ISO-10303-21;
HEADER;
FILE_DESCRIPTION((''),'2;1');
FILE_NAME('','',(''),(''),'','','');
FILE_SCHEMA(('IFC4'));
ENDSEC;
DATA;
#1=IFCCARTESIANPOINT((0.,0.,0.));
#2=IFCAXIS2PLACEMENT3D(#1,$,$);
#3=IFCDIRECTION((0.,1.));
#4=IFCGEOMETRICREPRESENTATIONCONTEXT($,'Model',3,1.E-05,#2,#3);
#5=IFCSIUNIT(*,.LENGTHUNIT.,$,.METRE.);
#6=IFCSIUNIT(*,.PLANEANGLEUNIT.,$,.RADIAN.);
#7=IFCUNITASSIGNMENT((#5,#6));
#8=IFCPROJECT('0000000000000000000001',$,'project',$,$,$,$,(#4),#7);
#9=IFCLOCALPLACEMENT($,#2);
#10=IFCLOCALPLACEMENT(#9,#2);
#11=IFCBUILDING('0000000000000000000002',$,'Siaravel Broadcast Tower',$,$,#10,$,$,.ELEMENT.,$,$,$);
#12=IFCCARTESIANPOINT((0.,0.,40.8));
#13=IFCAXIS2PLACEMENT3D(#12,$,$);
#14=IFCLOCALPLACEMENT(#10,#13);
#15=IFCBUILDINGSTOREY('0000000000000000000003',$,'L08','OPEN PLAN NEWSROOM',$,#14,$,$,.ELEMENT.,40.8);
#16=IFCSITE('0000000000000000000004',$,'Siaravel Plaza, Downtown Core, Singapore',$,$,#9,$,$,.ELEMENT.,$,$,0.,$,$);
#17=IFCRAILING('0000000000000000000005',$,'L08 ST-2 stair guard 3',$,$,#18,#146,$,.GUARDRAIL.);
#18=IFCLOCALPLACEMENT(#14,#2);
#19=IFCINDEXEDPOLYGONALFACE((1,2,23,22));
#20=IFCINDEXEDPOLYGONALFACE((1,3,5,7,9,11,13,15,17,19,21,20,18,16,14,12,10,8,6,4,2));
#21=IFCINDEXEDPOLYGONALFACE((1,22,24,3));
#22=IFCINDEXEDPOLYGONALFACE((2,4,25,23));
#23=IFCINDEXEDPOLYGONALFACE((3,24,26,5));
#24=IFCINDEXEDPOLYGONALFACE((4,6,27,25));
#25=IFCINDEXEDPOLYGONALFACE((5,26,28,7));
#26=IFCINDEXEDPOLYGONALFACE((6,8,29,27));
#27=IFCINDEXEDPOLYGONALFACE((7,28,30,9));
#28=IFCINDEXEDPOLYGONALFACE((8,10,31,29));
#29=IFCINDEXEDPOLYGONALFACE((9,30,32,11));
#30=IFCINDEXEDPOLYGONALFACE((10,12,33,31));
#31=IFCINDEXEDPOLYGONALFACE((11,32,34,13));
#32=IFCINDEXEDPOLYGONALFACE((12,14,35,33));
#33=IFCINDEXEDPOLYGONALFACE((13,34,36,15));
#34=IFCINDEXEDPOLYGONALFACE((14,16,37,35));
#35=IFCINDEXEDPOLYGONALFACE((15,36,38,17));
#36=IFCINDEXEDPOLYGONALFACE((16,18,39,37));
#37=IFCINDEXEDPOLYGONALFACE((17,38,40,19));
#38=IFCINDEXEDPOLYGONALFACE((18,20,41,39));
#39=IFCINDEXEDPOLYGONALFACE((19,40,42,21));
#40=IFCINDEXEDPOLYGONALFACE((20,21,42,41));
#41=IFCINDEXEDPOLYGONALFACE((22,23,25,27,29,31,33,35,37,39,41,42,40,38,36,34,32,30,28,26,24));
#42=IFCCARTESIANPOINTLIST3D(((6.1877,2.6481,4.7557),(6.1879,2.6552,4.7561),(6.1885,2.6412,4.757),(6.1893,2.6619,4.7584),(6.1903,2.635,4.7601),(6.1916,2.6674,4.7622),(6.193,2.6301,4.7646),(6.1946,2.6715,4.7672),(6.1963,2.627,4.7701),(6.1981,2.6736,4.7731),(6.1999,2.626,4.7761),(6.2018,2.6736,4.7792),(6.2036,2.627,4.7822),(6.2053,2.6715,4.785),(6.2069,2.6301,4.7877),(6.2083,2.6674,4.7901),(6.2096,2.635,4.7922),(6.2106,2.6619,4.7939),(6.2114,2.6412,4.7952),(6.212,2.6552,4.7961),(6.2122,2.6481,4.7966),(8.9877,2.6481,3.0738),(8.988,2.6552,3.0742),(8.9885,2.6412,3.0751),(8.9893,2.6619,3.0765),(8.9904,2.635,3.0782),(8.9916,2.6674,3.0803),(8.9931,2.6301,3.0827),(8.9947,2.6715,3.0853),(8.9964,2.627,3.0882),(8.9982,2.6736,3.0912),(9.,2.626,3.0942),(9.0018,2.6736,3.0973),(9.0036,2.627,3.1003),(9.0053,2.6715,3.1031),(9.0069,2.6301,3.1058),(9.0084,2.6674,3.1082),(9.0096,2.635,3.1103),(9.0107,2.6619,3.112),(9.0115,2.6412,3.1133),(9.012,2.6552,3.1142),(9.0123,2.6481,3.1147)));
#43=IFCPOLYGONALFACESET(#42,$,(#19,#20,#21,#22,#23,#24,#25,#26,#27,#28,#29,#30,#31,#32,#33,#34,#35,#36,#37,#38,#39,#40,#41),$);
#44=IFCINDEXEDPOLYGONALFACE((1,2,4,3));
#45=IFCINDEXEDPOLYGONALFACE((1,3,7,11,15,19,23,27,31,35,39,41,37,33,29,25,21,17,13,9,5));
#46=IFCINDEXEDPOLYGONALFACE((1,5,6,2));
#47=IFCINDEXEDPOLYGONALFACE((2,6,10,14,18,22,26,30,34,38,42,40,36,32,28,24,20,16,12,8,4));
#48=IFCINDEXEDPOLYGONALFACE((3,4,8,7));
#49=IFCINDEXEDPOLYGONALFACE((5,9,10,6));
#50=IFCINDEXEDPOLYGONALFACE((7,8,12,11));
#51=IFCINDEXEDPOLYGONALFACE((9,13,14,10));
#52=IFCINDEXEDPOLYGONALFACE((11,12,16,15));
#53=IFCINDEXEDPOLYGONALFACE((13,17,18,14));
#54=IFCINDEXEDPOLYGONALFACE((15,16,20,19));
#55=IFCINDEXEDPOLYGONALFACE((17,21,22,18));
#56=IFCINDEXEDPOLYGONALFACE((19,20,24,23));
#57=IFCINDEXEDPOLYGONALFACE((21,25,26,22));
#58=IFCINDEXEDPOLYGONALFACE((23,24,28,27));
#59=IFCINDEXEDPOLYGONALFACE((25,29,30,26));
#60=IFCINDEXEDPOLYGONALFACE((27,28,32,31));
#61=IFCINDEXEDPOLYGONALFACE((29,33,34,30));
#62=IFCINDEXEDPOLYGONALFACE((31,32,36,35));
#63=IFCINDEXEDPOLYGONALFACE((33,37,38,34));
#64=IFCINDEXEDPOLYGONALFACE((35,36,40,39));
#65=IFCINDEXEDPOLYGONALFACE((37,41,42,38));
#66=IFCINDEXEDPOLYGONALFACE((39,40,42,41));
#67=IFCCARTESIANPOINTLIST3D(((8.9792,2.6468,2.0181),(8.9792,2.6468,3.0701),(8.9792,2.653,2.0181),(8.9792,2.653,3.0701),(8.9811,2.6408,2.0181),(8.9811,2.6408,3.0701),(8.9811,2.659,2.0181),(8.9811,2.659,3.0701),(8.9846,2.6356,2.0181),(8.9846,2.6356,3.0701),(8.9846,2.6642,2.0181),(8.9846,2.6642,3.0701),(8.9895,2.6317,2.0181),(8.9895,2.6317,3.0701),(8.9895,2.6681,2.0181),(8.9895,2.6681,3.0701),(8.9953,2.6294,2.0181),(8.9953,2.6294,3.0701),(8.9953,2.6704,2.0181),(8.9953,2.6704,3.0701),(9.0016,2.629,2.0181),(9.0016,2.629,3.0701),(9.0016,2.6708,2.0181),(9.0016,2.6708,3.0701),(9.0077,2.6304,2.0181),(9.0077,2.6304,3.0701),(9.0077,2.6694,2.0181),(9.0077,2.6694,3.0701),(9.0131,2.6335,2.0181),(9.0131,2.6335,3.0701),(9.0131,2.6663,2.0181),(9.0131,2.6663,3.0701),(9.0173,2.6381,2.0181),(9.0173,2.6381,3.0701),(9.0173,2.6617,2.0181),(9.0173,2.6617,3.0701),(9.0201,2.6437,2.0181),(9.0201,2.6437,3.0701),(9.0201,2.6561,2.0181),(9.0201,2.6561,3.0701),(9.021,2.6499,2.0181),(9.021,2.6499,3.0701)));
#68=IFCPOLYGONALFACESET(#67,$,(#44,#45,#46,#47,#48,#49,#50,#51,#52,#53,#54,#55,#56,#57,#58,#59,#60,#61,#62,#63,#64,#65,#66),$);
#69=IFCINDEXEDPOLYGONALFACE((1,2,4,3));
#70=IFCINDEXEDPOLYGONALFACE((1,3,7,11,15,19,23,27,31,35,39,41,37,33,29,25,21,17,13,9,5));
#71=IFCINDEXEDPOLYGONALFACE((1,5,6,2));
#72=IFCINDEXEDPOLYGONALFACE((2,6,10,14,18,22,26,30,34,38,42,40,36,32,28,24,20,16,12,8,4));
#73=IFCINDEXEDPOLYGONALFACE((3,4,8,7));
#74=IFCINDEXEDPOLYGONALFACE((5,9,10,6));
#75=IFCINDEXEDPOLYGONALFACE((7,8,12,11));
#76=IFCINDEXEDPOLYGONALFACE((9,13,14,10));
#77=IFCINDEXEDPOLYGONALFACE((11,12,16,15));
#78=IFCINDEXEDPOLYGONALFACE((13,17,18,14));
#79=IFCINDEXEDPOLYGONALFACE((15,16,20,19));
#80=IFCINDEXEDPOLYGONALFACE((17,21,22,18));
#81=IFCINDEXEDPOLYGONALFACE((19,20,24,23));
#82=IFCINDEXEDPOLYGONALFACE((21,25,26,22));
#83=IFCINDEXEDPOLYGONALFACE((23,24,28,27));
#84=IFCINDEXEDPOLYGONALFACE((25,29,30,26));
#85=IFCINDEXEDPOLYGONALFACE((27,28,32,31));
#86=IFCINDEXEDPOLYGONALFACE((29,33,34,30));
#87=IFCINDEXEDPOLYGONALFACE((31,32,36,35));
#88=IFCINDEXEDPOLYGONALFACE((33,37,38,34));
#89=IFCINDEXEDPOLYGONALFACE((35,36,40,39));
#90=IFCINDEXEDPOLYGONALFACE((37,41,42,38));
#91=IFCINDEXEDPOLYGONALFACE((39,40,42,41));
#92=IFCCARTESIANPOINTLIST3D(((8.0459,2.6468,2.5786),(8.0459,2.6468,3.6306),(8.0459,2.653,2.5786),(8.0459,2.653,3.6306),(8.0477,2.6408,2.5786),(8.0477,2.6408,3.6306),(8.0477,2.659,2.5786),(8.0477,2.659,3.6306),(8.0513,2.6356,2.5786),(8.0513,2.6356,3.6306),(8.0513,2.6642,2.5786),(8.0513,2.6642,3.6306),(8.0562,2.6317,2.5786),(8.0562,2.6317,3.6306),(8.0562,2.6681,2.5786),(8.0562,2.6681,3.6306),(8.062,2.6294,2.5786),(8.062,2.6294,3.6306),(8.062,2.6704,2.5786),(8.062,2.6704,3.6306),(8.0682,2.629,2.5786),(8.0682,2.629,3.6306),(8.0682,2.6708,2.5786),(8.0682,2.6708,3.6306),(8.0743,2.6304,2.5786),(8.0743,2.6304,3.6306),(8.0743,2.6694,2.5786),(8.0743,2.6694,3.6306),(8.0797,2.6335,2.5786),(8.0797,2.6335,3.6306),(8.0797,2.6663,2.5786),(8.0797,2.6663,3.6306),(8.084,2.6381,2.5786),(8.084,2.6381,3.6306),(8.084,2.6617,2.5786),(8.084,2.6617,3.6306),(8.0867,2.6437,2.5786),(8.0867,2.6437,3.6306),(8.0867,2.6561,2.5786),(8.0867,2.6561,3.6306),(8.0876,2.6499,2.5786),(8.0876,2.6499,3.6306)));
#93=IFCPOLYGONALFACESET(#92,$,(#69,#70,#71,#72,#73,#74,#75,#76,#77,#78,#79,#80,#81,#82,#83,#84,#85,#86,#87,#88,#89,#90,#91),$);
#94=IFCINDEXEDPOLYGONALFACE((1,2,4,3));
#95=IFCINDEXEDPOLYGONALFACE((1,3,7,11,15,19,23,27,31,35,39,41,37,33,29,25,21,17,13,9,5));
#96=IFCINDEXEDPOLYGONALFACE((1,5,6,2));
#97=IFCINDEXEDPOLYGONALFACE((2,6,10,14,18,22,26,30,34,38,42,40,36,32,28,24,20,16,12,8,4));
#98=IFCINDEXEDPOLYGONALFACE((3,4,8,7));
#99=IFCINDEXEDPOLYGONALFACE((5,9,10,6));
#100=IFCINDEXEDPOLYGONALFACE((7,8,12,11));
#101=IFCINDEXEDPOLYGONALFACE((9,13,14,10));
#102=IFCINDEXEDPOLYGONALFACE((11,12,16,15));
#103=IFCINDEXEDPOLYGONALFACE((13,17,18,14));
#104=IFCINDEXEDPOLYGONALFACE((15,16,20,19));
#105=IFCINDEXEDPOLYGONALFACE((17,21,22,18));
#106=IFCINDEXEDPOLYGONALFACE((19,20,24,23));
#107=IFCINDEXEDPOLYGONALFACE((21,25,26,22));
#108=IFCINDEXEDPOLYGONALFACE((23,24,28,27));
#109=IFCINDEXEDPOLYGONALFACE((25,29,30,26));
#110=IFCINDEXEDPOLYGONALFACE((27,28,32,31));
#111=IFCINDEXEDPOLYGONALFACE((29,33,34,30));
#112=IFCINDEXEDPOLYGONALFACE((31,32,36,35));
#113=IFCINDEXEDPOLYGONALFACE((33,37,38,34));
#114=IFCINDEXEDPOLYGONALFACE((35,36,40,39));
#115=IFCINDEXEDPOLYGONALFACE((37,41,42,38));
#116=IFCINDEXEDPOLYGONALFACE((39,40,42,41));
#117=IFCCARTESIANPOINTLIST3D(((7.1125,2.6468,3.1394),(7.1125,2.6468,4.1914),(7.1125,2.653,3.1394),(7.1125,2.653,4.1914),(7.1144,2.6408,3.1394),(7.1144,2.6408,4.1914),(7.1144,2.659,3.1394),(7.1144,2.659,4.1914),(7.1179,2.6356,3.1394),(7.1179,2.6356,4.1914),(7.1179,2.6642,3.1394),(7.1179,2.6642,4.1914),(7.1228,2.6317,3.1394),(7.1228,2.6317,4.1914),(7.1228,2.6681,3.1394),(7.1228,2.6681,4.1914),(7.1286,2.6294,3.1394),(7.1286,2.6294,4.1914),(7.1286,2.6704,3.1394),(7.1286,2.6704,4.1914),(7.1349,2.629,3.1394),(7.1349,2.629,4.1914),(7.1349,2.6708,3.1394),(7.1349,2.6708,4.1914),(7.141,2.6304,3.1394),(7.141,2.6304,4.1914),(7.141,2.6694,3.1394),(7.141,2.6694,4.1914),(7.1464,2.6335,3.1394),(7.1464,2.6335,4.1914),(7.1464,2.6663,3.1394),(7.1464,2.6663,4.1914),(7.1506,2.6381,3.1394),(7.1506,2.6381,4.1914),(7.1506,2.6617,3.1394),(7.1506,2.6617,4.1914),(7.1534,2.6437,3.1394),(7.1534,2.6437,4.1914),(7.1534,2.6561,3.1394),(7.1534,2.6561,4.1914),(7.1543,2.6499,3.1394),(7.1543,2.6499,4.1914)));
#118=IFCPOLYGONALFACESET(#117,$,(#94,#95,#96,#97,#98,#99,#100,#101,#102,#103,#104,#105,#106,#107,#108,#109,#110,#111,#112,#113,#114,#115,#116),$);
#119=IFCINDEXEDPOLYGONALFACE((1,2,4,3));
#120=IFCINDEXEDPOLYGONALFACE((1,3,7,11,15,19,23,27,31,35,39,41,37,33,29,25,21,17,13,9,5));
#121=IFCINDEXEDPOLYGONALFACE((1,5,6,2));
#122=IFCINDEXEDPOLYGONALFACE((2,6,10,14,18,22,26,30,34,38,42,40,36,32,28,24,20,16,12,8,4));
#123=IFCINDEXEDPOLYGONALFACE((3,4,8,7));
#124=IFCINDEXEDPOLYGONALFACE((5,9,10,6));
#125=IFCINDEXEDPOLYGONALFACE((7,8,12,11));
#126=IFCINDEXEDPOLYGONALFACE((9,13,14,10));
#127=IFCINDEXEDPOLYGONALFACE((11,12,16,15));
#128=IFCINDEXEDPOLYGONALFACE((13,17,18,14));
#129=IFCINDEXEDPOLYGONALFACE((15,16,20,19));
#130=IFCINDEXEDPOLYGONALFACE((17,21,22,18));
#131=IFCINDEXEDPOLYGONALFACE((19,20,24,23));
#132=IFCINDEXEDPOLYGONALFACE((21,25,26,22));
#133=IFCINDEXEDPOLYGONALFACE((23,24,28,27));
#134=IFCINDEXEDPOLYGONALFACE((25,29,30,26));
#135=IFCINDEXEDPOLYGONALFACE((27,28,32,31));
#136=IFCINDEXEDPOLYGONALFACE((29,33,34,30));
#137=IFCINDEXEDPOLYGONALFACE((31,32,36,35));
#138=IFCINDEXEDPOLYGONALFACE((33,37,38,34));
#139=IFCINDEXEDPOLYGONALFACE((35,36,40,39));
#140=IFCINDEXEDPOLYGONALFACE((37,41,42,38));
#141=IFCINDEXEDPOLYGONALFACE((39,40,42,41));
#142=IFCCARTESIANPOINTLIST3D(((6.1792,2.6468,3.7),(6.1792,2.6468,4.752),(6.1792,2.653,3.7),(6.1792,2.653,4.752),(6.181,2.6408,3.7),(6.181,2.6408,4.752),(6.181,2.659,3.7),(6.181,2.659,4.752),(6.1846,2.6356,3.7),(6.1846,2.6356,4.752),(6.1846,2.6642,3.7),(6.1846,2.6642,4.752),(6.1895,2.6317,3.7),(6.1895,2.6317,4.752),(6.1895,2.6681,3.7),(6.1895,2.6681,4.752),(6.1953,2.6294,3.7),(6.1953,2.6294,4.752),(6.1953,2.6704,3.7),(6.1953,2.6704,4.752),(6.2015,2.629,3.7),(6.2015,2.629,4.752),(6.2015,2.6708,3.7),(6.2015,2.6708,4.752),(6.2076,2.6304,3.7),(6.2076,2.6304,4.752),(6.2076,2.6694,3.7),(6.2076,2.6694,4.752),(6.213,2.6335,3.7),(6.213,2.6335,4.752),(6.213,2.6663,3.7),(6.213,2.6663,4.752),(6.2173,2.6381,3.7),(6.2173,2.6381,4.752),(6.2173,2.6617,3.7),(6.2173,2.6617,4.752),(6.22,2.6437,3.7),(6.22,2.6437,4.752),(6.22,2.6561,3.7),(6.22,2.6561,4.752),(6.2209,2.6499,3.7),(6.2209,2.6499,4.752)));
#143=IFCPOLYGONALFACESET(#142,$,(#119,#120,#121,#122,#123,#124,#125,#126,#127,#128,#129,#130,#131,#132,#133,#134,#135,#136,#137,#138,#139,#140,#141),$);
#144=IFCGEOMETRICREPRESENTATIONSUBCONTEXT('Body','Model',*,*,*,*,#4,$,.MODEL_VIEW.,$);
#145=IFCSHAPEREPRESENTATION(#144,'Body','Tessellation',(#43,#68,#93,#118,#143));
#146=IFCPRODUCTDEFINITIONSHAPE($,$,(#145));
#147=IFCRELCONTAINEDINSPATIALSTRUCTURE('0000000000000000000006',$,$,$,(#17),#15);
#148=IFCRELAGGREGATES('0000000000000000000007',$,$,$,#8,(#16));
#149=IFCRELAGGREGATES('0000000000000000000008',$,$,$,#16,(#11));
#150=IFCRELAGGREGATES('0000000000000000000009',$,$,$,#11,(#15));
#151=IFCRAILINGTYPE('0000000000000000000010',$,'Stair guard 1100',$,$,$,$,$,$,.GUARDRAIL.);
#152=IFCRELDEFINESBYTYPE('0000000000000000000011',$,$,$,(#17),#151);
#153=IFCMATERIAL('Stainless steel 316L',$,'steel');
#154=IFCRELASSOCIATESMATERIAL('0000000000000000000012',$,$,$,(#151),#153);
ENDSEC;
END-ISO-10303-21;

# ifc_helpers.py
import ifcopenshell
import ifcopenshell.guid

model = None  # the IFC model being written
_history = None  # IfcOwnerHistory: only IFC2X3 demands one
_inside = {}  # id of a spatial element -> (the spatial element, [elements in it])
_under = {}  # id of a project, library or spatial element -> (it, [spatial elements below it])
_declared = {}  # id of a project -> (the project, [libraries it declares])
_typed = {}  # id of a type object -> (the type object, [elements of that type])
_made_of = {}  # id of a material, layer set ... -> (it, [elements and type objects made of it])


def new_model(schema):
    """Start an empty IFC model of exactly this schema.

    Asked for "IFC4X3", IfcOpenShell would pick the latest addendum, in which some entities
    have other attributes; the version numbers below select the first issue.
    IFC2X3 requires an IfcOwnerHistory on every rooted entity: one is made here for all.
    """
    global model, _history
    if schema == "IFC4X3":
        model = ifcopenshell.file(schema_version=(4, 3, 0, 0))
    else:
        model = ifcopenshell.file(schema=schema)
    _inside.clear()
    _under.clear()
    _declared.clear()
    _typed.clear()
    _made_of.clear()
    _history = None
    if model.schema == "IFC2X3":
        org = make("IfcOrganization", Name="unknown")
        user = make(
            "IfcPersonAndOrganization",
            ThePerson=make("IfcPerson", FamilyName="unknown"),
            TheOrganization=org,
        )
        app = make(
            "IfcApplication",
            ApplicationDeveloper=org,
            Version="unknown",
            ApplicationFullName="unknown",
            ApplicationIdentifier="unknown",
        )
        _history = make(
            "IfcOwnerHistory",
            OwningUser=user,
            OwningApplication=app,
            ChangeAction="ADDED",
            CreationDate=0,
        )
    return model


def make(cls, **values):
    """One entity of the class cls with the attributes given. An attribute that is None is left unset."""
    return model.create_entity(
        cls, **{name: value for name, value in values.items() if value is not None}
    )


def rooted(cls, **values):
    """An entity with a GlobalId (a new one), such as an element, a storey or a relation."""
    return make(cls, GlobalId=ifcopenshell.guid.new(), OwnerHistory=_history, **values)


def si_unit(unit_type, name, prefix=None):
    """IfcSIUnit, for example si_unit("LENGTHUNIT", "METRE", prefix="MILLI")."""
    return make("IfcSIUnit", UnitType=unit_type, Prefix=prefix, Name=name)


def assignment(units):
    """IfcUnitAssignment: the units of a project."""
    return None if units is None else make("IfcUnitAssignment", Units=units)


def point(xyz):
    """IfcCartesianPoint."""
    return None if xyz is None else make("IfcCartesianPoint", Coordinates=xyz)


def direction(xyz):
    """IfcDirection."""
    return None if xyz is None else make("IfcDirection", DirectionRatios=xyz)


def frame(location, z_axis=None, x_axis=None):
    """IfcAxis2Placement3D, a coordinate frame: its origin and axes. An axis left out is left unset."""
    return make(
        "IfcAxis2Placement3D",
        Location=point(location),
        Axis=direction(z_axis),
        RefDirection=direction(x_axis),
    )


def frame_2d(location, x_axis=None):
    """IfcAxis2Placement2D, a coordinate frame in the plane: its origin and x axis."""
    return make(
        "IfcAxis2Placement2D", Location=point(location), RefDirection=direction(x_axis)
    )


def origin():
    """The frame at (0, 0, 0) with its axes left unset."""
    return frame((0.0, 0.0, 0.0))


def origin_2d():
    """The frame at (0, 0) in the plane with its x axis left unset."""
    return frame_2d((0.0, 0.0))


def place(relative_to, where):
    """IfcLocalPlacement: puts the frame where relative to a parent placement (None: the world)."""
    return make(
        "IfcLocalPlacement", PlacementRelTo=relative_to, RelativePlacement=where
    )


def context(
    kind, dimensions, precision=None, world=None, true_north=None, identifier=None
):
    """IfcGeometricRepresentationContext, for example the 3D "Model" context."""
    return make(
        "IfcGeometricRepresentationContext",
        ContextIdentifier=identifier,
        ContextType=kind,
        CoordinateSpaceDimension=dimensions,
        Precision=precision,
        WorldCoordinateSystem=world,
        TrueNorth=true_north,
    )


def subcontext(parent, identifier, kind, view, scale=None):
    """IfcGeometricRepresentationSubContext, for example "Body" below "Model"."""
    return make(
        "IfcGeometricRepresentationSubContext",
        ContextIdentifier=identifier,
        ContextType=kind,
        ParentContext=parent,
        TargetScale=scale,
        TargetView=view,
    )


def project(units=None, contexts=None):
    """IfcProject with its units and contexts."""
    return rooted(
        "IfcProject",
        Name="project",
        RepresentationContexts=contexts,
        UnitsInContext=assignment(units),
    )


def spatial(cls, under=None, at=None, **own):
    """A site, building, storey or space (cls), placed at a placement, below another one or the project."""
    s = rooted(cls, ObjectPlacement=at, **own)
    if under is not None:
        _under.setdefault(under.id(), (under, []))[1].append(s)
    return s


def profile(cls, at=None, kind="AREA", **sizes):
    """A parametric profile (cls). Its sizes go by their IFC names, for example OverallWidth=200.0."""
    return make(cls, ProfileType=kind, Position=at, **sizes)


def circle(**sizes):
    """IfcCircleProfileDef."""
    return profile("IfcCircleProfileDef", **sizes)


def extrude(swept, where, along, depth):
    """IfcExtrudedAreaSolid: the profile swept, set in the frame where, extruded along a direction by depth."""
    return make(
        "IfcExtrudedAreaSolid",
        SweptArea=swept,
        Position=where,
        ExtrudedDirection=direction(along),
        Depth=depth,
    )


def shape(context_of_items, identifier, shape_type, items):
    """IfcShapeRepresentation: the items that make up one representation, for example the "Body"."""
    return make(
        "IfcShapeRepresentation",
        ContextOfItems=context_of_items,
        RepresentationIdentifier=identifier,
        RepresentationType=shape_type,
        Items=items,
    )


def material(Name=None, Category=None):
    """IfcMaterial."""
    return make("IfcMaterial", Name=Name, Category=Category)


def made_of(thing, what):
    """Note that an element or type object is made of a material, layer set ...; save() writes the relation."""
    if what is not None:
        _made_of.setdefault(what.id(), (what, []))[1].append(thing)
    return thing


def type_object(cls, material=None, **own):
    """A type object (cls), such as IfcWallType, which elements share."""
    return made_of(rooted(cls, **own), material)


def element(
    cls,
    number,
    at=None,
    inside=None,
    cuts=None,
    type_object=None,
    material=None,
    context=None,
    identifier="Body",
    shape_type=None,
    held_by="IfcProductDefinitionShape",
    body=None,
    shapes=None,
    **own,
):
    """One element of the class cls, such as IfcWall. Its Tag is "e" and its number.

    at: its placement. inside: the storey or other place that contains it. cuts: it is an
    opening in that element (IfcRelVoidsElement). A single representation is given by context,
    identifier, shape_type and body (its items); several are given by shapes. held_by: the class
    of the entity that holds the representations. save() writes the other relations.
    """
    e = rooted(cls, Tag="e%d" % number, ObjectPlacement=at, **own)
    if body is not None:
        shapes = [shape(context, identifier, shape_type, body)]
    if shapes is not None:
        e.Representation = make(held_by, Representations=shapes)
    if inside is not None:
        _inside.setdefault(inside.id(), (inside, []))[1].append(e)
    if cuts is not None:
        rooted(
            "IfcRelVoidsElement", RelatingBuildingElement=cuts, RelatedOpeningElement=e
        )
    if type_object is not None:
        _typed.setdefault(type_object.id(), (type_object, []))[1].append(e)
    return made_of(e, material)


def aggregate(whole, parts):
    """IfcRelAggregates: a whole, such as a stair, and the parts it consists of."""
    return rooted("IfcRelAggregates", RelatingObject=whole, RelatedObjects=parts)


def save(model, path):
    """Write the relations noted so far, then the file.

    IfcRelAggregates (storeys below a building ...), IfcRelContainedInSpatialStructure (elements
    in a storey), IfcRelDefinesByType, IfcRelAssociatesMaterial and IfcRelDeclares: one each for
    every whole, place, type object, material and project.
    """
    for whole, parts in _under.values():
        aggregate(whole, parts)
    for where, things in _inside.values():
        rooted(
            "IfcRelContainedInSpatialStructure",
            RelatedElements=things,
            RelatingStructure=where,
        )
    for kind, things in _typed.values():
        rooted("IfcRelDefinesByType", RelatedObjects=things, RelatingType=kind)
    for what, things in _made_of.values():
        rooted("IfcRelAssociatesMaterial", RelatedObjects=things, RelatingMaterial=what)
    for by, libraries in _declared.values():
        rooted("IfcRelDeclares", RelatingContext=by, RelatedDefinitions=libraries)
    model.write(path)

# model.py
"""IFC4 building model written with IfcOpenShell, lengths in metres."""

from ifc_helpers import new_model, si_unit, direction, frame, origin, origin_2d, place, context, subcontext, project, spatial, circle, extrude, material, type_object, element, save


model = new_model("IFC4")

# Units and contexts
model_context = context("Model", 3, precision=1e-05, world=origin(), true_north=direction((0.0, 1.0)))
body_context = subcontext(model_context, "Body", "Model", "MODEL_VIEW")
ifc_project = project(units=[si_unit("LENGTHUNIT", "METRE"), si_unit("PLANEANGLEUNIT", "RADIAN")], contexts=[model_context])

# Site, building, storey
site_placement = place(None, origin())
site = spatial("IfcSite", under=ifc_project, at=site_placement, Name="Siaravel Plaza, Downtown Core, Singapore", CompositionType="ELEMENT", RefElevation=0.0)
building_placement = place(site_placement, origin())
building = spatial("IfcBuilding", under=site, at=building_placement, Name="Siaravel Broadcast Tower", CompositionType="ELEMENT")
storey_placement = place(building_placement, frame((0.0, 0.0, 40.8)))
storey = spatial("IfcBuildingStorey", under=building, at=storey_placement, Name="L08", Description="OPEN PLAN NEWSROOM", CompositionType="ELEMENT", Elevation=40.8)

# Railing
ifc_material_1 = material(Name="Stainless steel 316L", Category="steel")
railing_type_1 = type_object("IfcRailingType", Name="Stair guard 1100", PredefinedType="GUARDRAIL", material=ifc_material_1)
railing_1_placement = place(storey_placement, frame((9.0, 2.6499, 2.0181)))
element("IfcRailing", 1, at=railing_1_placement, inside=storey, type_object=railing_type_1, Name="L08 ST-2 stair guard 3", PredefinedType="GUARDRAIL", context=body_context, shape_type="SweptSolid", body=[
    extrude(circle(Radius=0.0239, at=origin_2d()), frame((0.0, 0.0, 1.0762), z_axis=(-0.857242, 0.0, 0.514913), x_axis=(0.0, -1.0, 0.0)), (0.0, 0.0, 1.0), 3.2664),
    extrude(circle(Radius=0.021, at=origin_2d()), origin(), (0.0, 0.0, 1.0), 1.052),
    extrude(circle(Radius=0.021, at=origin_2d()), frame((-0.9333, 0.0, 0.5605)), (0.0, 0.0, 1.0), 1.052),
    extrude(circle(Radius=0.021, at=origin_2d()), frame((-1.8667, 0.0, 1.1213)), (0.0, 0.0, 1.0), 1.052),
    extrude(circle(Radius=0.021, at=origin_2d()), frame((-2.8, 0.0, 1.6819)), (0.0, 0.0, 1.0), 1.052),
])

save(model, "model.ifc")
